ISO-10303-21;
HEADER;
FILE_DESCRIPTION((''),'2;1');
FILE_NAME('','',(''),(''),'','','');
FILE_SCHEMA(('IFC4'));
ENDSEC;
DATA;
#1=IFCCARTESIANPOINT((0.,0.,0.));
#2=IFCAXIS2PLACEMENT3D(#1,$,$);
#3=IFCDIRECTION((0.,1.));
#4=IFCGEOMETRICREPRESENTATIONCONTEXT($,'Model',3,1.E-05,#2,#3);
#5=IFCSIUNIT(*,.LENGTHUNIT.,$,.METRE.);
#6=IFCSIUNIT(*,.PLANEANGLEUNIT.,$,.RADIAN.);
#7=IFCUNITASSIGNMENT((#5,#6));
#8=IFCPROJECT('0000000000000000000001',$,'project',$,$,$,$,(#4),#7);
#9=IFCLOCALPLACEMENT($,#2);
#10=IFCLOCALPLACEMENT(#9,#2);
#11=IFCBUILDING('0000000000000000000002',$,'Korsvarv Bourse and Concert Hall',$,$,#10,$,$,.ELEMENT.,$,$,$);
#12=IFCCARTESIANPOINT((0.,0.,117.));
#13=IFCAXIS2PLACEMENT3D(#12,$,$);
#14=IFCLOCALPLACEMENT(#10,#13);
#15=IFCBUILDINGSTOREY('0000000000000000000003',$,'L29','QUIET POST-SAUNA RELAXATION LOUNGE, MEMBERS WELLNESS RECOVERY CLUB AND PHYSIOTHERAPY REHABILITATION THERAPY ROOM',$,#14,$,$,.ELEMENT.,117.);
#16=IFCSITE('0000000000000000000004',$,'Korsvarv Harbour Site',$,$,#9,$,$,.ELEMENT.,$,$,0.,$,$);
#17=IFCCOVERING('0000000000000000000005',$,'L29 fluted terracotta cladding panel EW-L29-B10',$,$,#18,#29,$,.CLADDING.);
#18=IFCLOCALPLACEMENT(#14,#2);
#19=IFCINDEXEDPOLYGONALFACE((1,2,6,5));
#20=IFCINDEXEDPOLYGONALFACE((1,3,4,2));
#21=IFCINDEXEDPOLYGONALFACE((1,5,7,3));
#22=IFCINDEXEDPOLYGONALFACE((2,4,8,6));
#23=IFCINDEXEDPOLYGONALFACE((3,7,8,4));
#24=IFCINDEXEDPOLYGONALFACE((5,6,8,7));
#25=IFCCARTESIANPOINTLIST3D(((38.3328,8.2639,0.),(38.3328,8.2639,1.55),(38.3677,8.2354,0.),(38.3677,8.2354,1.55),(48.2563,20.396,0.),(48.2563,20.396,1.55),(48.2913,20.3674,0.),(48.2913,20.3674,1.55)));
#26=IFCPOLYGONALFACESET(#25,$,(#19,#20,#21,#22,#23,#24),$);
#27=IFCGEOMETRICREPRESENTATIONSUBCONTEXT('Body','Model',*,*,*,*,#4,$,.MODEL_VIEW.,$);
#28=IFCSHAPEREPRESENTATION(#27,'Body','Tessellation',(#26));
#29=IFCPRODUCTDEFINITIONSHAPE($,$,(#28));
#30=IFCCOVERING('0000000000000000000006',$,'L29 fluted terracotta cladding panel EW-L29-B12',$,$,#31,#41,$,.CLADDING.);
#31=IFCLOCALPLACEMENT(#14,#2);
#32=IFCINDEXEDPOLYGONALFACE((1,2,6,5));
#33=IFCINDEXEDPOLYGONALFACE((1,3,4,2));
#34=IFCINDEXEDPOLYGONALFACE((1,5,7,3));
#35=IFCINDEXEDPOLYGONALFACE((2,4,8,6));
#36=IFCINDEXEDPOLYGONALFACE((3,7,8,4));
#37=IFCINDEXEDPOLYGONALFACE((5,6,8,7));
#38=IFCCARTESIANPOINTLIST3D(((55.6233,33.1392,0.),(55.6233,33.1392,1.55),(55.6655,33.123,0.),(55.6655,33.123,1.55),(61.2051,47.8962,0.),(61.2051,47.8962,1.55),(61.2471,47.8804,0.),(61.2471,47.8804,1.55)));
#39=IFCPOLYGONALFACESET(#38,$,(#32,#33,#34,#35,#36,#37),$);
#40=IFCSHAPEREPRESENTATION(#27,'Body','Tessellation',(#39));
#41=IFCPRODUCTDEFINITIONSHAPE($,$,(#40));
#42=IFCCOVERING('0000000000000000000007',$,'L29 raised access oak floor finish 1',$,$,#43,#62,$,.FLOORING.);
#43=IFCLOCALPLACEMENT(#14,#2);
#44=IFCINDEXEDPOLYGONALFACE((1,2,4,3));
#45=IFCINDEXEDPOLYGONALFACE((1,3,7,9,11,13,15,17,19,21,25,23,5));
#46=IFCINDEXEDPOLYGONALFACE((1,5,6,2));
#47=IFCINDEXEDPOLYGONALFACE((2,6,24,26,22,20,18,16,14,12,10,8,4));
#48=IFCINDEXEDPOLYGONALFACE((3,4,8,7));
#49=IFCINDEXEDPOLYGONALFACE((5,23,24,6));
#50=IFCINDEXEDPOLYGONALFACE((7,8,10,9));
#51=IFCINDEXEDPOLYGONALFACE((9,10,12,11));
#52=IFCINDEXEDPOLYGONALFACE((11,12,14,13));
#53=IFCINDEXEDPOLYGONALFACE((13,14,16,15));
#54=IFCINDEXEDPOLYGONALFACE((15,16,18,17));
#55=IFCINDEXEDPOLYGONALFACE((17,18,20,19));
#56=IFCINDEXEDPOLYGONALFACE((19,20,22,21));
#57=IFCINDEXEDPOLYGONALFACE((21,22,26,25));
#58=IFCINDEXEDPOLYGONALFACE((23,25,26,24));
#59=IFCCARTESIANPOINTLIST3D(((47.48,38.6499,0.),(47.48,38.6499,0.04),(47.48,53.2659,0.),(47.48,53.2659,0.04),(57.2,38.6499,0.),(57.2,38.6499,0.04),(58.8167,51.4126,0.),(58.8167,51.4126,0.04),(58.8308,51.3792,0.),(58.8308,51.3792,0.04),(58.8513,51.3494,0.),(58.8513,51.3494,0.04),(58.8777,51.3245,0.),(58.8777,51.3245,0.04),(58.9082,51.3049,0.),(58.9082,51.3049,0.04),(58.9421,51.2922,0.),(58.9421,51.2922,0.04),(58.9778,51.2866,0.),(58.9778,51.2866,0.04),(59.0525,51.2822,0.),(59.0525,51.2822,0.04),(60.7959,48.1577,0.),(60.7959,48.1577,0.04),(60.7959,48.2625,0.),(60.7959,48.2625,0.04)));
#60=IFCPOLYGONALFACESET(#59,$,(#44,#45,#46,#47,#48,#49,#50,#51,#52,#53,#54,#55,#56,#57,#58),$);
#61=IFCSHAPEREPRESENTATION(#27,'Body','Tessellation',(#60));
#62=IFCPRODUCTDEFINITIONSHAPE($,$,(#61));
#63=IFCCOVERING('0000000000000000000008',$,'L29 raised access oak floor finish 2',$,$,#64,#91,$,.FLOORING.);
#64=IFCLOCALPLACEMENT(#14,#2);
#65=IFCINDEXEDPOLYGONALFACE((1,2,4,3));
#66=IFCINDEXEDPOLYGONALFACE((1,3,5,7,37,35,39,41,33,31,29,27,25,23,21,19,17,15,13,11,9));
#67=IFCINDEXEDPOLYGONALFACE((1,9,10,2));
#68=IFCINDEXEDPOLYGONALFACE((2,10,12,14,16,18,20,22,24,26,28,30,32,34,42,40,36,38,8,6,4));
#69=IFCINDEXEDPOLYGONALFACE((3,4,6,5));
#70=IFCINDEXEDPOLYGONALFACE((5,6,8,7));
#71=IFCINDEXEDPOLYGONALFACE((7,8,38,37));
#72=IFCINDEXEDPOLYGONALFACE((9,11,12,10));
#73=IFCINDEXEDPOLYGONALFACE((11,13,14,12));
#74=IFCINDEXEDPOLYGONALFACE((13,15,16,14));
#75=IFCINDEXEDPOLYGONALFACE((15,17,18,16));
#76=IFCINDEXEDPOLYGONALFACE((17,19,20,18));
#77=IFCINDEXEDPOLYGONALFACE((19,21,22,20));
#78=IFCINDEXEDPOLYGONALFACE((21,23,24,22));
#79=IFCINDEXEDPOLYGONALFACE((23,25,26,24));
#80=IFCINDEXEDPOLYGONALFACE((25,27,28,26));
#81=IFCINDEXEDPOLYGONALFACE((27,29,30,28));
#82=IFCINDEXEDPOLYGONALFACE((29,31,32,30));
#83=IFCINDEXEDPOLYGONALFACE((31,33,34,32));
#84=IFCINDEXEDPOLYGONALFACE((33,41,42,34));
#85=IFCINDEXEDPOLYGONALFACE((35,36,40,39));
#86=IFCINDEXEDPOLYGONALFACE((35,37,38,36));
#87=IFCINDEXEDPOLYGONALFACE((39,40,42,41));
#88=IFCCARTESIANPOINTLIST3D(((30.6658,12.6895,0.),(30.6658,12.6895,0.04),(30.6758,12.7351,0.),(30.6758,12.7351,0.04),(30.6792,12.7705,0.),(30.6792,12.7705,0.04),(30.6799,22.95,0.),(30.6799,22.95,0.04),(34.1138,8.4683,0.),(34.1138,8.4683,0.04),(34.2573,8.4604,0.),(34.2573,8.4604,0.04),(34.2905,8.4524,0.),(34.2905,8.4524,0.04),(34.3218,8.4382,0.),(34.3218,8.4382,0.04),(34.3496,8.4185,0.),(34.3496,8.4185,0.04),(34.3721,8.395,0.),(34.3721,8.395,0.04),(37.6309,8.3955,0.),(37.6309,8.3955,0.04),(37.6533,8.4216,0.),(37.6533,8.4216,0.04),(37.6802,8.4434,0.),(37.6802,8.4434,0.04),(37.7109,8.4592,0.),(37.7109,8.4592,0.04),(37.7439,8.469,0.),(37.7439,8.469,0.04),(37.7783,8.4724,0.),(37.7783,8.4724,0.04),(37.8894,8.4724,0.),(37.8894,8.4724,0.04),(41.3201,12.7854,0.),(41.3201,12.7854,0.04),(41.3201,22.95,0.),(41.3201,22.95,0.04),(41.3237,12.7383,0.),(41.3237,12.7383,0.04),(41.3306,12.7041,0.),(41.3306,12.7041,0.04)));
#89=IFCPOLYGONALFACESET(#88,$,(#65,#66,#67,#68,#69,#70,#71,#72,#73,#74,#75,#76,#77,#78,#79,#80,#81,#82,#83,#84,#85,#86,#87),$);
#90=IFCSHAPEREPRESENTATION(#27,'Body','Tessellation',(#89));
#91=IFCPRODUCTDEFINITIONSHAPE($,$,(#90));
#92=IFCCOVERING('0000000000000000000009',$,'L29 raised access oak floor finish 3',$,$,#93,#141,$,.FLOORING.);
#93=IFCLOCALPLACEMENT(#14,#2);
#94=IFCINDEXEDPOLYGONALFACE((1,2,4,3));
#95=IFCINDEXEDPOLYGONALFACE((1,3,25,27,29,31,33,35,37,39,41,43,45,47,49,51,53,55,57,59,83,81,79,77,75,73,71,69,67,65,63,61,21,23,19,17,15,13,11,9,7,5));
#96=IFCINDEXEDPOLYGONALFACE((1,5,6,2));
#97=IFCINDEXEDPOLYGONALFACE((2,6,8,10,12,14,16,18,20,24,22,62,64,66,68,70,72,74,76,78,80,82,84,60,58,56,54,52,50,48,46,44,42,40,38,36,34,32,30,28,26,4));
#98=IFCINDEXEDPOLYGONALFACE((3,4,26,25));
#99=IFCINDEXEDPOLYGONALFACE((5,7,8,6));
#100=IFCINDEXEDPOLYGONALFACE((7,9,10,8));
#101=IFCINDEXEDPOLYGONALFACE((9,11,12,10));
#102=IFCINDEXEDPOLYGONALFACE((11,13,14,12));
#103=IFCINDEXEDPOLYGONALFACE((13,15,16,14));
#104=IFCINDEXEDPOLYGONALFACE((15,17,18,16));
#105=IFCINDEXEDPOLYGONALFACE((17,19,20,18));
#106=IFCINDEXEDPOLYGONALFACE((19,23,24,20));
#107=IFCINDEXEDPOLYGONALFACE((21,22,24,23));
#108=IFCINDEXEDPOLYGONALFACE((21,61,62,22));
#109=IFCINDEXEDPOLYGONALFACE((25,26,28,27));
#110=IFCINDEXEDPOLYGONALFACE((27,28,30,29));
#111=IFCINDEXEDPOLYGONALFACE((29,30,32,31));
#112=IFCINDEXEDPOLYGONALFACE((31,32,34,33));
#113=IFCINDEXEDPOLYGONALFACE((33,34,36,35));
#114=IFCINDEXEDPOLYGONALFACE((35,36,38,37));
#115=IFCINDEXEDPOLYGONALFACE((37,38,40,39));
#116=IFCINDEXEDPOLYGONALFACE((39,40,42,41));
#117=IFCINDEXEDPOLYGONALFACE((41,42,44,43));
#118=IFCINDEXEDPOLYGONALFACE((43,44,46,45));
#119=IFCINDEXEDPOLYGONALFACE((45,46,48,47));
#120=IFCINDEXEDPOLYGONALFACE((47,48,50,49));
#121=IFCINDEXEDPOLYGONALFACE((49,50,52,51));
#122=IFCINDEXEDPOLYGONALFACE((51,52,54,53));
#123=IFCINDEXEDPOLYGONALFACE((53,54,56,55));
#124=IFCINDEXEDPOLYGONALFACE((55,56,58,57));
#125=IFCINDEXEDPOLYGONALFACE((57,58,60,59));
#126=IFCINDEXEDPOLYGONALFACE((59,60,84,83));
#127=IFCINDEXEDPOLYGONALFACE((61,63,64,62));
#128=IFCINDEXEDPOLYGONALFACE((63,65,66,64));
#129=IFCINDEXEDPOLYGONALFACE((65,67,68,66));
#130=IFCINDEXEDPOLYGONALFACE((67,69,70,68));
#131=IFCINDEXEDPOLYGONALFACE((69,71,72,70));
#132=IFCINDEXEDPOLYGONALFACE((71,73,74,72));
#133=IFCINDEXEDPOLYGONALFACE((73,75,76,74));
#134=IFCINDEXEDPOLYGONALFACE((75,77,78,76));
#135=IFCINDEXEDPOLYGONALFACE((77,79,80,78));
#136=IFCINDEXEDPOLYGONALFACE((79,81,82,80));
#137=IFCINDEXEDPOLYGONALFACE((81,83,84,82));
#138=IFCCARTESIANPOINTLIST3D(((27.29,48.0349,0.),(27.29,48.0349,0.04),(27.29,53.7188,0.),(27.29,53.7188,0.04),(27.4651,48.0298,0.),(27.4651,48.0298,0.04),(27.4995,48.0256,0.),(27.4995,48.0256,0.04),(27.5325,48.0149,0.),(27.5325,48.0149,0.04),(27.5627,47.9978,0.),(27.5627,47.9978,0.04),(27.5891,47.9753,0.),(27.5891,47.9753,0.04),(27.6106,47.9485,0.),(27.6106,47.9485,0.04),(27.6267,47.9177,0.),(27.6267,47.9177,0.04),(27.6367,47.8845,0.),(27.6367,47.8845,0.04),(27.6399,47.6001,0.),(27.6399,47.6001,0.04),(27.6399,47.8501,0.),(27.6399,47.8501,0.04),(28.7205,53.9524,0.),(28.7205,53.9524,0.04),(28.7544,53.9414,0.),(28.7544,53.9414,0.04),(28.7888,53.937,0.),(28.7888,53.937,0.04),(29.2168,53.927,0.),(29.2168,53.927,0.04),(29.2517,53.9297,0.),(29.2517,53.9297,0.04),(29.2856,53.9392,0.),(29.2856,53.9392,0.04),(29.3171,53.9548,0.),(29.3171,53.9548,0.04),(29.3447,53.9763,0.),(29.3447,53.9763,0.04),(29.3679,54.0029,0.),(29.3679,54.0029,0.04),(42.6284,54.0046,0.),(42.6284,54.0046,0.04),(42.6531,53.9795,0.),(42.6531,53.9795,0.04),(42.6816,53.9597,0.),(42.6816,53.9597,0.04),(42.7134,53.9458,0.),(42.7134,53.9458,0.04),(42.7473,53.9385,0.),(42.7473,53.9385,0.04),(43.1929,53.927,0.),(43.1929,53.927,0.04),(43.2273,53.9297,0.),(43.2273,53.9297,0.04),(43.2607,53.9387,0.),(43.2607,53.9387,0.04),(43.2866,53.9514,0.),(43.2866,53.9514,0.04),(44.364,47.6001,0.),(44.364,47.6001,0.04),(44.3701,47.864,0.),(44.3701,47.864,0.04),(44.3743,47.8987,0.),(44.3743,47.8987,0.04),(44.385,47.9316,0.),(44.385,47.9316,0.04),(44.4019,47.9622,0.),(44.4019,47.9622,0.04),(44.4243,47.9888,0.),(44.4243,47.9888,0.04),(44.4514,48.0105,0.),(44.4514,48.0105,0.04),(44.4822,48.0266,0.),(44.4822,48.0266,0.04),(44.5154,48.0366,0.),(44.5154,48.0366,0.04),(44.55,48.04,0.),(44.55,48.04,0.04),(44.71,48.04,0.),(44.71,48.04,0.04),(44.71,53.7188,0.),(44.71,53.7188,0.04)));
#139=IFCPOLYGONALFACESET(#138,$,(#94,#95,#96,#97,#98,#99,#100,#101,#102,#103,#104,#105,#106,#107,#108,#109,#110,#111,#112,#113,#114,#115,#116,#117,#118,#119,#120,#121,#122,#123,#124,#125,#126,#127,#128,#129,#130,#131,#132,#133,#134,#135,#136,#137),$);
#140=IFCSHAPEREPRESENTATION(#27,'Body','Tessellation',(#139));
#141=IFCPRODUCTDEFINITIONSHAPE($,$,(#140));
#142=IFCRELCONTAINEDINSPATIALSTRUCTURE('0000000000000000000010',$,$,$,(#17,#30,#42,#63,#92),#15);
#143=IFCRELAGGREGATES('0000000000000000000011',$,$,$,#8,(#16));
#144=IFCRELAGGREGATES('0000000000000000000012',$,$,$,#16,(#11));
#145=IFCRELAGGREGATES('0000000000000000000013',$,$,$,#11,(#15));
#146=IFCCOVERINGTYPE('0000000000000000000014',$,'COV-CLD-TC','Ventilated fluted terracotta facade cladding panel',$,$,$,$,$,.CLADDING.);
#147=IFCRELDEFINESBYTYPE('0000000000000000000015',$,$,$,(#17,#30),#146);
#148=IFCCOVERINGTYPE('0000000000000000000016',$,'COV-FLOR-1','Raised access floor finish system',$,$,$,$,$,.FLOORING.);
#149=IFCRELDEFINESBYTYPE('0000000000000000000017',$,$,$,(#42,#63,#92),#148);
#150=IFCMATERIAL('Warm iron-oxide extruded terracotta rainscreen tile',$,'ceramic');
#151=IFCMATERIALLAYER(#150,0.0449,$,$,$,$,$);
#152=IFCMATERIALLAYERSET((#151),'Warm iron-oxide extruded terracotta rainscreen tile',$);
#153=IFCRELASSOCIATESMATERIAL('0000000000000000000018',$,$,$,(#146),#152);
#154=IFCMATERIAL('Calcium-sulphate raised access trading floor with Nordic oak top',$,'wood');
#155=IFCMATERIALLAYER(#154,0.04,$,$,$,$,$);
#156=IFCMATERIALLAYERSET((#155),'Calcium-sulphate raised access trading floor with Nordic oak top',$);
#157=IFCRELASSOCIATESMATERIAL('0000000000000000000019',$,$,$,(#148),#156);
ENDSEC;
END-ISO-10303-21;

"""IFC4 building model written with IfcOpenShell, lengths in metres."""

from ifc_helpers import new_model, si_unit, direction, frame, origin, place, context, subcontext, project, spatial, polyline, outline, extrude, material, layer, layer_set, type_object, element, save


model = new_model("IFC4")

# Units and contexts
model_context = context("Model", 3, precision=1e-05, world=origin(), true_north=direction((0.0, 1.0)))
body_context = subcontext(model_context, "Body", "Model", "MODEL_VIEW")
ifc_project = project(units=[si_unit("LENGTHUNIT", "METRE"), si_unit("PLANEANGLEUNIT", "RADIAN")], contexts=[model_context])

# Site, building, storey
site_placement = place(None, origin())
site = spatial("IfcSite", under=ifc_project, at=site_placement, Name="Korsvarv Harbour Site", CompositionType="ELEMENT", RefElevation=0.0)
building_placement = place(site_placement, origin())
building = spatial("IfcBuilding", under=site, at=building_placement, Name="Korsvarv Bourse and Concert Hall", CompositionType="ELEMENT")
storey_placement = place(building_placement, frame((0.0, 0.0, 117.0)))
storey = spatial("IfcBuildingStorey", under=building, at=storey_placement, Name="L29", Description="QUIET POST-SAUNA RELAXATION LOUNGE, MEMBERS WELLNESS RECOVERY CLUB AND PHYSIOTHERAPY REHABILITATION THERAPY ROOM", CompositionType="ELEMENT", Elevation=117.0)

# Coverings
ifc_material_1 = material(Name="Warm iron-oxide extruded terracotta rainscreen tile", Category="ceramic")
ifc_layer_1 = layer(ifc_material_1, 0.0449)
ifc_layer_set_1 = layer_set([ifc_layer_1], Name="Warm iron-oxide extruded terracotta rainscreen tile")
covering_type_1 = type_object("IfcCoveringType", Name="COV-CLD-TC", Description="Ventilated fluted terracotta facade cladding panel", PredefinedType="CLADDING", material=ifc_layer_set_1)
covering_1_placement = place(storey_placement, origin())
element("IfcCovering", 1, at=covering_1_placement, inside=storey, type_object=covering_type_1, Name="L29 fluted terracotta cladding panel EW-L29-B10", PredefinedType="CLADDING", context=body_context, shape_type="SweptSolid", body=[
    extrude(outline(polyline([(38.3328, 8.2639), (48.2563, 20.396), (48.2913, 20.3674), (38.3677, 8.2354), (38.3328, 8.2639)])), origin(), (0.0, 0.0, 1.0), 1.55),
])
covering_2_placement = place(storey_placement, origin())
element("IfcCovering", 2, at=covering_2_placement, inside=storey, type_object=covering_type_1, Name="L29 fluted terracotta cladding panel EW-L29-B12", PredefinedType="CLADDING", context=body_context, shape_type="SweptSolid", body=[
    extrude(outline(polyline([(55.6233, 33.1392), (61.2051, 47.8962), (61.2471, 47.8804), (55.6655, 33.123), (55.6233, 33.1392)])), origin(), (0.0, 0.0, 1.0), 1.55),
])
ifc_material_2 = material(Name="Calcium-sulphate raised access trading floor with Nordic oak top", Category="wood")
ifc_layer_2 = layer(ifc_material_2, 0.04)
ifc_layer_set_2 = layer_set([ifc_layer_2], Name="Calcium-sulphate raised access trading floor with Nordic oak top")
covering_type_2 = type_object("IfcCoveringType", Name="COV-FLOR-1", Description="Raised access floor finish system", PredefinedType="FLOORING", material=ifc_layer_set_2)
covering_3_placement = place(storey_placement, origin())
element("IfcCovering", 3, at=covering_3_placement, inside=storey, type_object=covering_type_2, Name="L29 raised access oak floor finish 1", PredefinedType="FLOORING", context=body_context, shape_type="SweptSolid", body=[
    extrude(outline(polyline([(58.8167, 51.4126), (58.8308, 51.3792), (58.8513, 51.3494), (58.8777, 51.3245), (58.9082, 51.3049), (58.9421, 51.2922), (58.9778, 51.2866), (59.0525, 51.2822), (60.7959, 48.2625), (60.7959, 48.1577), (57.2, 38.6499), (47.48, 38.6499), (47.48, 53.2659), (58.8167, 51.4126)])), origin(), (0.0, 0.0, 1.0), 0.04),
])
covering_4_placement = place(storey_placement, origin())
element("IfcCovering", 4, at=covering_4_placement, inside=storey, type_object=covering_type_2, Name="L29 raised access oak floor finish 2", PredefinedType="FLOORING", context=body_context, shape_type="SweptSolid", body=[
    extrude(outline(polyline([(30.6658, 12.6895), (30.6758, 12.7351), (30.6792, 12.7705), (30.6799, 22.95), (41.3201, 22.95), (41.3201, 12.7854), (41.3237, 12.7383), (41.3306, 12.7041), (37.8894, 8.4724), (37.7783, 8.4724), (37.7439, 8.469), (37.7109, 8.4592), (37.6802, 8.4434), (37.6533, 8.4216), (37.6309, 8.3955), (34.3721, 8.395), (34.3496, 8.4185), (34.3218, 8.4382), (34.2905, 8.4524), (34.2573, 8.4604), (34.1138, 8.4683), (30.6658, 12.6895)])), origin(), (0.0, 0.0, 1.0), 0.04),
])
covering_5_placement = place(storey_placement, origin())
element("IfcCovering", 5, at=covering_5_placement, inside=storey, type_object=covering_type_2, Name="L29 raised access oak floor finish 3", PredefinedType="FLOORING", context=body_context, shape_type="SweptSolid", body=[
    extrude(outline(polyline([(28.7205, 53.9524), (28.7544, 53.9414), (28.7888, 53.937), (29.2168, 53.927), (29.2517, 53.9297), (29.2856, 53.9392), (29.3171, 53.9548), (29.3447, 53.9763), (29.3679, 54.0029), (42.6284, 54.0046), (42.6531, 53.9795), (42.6816, 53.9597), (42.7134, 53.9458), (42.7473, 53.9385), (43.1929, 53.927), (43.2273, 53.9297), (43.2607, 53.9387), (43.2866, 53.9514), (44.71, 53.7188), (44.71, 48.04), (44.55, 48.04), (44.5154, 48.0366), (44.4822, 48.0266), (44.4514, 48.0105), (44.4243, 47.9888), (44.4019, 47.9622), (44.385, 47.9316), (44.3743, 47.8987), (44.3701, 47.864), (44.364, 47.6001), (27.6399, 47.6001), (27.6399, 47.8501), (27.6367, 47.8845), (27.6267, 47.9177), (27.6106, 47.9485), (27.5891, 47.9753), (27.5627, 47.9978), (27.5325, 48.0149), (27.4995, 48.0256), (27.4651, 48.0298), (27.29, 48.0349), (27.29, 53.7188), (28.7205, 53.9524)])), origin(), (0.0, 0.0, 1.0), 0.04),
])

save(model, "model.ifc")
